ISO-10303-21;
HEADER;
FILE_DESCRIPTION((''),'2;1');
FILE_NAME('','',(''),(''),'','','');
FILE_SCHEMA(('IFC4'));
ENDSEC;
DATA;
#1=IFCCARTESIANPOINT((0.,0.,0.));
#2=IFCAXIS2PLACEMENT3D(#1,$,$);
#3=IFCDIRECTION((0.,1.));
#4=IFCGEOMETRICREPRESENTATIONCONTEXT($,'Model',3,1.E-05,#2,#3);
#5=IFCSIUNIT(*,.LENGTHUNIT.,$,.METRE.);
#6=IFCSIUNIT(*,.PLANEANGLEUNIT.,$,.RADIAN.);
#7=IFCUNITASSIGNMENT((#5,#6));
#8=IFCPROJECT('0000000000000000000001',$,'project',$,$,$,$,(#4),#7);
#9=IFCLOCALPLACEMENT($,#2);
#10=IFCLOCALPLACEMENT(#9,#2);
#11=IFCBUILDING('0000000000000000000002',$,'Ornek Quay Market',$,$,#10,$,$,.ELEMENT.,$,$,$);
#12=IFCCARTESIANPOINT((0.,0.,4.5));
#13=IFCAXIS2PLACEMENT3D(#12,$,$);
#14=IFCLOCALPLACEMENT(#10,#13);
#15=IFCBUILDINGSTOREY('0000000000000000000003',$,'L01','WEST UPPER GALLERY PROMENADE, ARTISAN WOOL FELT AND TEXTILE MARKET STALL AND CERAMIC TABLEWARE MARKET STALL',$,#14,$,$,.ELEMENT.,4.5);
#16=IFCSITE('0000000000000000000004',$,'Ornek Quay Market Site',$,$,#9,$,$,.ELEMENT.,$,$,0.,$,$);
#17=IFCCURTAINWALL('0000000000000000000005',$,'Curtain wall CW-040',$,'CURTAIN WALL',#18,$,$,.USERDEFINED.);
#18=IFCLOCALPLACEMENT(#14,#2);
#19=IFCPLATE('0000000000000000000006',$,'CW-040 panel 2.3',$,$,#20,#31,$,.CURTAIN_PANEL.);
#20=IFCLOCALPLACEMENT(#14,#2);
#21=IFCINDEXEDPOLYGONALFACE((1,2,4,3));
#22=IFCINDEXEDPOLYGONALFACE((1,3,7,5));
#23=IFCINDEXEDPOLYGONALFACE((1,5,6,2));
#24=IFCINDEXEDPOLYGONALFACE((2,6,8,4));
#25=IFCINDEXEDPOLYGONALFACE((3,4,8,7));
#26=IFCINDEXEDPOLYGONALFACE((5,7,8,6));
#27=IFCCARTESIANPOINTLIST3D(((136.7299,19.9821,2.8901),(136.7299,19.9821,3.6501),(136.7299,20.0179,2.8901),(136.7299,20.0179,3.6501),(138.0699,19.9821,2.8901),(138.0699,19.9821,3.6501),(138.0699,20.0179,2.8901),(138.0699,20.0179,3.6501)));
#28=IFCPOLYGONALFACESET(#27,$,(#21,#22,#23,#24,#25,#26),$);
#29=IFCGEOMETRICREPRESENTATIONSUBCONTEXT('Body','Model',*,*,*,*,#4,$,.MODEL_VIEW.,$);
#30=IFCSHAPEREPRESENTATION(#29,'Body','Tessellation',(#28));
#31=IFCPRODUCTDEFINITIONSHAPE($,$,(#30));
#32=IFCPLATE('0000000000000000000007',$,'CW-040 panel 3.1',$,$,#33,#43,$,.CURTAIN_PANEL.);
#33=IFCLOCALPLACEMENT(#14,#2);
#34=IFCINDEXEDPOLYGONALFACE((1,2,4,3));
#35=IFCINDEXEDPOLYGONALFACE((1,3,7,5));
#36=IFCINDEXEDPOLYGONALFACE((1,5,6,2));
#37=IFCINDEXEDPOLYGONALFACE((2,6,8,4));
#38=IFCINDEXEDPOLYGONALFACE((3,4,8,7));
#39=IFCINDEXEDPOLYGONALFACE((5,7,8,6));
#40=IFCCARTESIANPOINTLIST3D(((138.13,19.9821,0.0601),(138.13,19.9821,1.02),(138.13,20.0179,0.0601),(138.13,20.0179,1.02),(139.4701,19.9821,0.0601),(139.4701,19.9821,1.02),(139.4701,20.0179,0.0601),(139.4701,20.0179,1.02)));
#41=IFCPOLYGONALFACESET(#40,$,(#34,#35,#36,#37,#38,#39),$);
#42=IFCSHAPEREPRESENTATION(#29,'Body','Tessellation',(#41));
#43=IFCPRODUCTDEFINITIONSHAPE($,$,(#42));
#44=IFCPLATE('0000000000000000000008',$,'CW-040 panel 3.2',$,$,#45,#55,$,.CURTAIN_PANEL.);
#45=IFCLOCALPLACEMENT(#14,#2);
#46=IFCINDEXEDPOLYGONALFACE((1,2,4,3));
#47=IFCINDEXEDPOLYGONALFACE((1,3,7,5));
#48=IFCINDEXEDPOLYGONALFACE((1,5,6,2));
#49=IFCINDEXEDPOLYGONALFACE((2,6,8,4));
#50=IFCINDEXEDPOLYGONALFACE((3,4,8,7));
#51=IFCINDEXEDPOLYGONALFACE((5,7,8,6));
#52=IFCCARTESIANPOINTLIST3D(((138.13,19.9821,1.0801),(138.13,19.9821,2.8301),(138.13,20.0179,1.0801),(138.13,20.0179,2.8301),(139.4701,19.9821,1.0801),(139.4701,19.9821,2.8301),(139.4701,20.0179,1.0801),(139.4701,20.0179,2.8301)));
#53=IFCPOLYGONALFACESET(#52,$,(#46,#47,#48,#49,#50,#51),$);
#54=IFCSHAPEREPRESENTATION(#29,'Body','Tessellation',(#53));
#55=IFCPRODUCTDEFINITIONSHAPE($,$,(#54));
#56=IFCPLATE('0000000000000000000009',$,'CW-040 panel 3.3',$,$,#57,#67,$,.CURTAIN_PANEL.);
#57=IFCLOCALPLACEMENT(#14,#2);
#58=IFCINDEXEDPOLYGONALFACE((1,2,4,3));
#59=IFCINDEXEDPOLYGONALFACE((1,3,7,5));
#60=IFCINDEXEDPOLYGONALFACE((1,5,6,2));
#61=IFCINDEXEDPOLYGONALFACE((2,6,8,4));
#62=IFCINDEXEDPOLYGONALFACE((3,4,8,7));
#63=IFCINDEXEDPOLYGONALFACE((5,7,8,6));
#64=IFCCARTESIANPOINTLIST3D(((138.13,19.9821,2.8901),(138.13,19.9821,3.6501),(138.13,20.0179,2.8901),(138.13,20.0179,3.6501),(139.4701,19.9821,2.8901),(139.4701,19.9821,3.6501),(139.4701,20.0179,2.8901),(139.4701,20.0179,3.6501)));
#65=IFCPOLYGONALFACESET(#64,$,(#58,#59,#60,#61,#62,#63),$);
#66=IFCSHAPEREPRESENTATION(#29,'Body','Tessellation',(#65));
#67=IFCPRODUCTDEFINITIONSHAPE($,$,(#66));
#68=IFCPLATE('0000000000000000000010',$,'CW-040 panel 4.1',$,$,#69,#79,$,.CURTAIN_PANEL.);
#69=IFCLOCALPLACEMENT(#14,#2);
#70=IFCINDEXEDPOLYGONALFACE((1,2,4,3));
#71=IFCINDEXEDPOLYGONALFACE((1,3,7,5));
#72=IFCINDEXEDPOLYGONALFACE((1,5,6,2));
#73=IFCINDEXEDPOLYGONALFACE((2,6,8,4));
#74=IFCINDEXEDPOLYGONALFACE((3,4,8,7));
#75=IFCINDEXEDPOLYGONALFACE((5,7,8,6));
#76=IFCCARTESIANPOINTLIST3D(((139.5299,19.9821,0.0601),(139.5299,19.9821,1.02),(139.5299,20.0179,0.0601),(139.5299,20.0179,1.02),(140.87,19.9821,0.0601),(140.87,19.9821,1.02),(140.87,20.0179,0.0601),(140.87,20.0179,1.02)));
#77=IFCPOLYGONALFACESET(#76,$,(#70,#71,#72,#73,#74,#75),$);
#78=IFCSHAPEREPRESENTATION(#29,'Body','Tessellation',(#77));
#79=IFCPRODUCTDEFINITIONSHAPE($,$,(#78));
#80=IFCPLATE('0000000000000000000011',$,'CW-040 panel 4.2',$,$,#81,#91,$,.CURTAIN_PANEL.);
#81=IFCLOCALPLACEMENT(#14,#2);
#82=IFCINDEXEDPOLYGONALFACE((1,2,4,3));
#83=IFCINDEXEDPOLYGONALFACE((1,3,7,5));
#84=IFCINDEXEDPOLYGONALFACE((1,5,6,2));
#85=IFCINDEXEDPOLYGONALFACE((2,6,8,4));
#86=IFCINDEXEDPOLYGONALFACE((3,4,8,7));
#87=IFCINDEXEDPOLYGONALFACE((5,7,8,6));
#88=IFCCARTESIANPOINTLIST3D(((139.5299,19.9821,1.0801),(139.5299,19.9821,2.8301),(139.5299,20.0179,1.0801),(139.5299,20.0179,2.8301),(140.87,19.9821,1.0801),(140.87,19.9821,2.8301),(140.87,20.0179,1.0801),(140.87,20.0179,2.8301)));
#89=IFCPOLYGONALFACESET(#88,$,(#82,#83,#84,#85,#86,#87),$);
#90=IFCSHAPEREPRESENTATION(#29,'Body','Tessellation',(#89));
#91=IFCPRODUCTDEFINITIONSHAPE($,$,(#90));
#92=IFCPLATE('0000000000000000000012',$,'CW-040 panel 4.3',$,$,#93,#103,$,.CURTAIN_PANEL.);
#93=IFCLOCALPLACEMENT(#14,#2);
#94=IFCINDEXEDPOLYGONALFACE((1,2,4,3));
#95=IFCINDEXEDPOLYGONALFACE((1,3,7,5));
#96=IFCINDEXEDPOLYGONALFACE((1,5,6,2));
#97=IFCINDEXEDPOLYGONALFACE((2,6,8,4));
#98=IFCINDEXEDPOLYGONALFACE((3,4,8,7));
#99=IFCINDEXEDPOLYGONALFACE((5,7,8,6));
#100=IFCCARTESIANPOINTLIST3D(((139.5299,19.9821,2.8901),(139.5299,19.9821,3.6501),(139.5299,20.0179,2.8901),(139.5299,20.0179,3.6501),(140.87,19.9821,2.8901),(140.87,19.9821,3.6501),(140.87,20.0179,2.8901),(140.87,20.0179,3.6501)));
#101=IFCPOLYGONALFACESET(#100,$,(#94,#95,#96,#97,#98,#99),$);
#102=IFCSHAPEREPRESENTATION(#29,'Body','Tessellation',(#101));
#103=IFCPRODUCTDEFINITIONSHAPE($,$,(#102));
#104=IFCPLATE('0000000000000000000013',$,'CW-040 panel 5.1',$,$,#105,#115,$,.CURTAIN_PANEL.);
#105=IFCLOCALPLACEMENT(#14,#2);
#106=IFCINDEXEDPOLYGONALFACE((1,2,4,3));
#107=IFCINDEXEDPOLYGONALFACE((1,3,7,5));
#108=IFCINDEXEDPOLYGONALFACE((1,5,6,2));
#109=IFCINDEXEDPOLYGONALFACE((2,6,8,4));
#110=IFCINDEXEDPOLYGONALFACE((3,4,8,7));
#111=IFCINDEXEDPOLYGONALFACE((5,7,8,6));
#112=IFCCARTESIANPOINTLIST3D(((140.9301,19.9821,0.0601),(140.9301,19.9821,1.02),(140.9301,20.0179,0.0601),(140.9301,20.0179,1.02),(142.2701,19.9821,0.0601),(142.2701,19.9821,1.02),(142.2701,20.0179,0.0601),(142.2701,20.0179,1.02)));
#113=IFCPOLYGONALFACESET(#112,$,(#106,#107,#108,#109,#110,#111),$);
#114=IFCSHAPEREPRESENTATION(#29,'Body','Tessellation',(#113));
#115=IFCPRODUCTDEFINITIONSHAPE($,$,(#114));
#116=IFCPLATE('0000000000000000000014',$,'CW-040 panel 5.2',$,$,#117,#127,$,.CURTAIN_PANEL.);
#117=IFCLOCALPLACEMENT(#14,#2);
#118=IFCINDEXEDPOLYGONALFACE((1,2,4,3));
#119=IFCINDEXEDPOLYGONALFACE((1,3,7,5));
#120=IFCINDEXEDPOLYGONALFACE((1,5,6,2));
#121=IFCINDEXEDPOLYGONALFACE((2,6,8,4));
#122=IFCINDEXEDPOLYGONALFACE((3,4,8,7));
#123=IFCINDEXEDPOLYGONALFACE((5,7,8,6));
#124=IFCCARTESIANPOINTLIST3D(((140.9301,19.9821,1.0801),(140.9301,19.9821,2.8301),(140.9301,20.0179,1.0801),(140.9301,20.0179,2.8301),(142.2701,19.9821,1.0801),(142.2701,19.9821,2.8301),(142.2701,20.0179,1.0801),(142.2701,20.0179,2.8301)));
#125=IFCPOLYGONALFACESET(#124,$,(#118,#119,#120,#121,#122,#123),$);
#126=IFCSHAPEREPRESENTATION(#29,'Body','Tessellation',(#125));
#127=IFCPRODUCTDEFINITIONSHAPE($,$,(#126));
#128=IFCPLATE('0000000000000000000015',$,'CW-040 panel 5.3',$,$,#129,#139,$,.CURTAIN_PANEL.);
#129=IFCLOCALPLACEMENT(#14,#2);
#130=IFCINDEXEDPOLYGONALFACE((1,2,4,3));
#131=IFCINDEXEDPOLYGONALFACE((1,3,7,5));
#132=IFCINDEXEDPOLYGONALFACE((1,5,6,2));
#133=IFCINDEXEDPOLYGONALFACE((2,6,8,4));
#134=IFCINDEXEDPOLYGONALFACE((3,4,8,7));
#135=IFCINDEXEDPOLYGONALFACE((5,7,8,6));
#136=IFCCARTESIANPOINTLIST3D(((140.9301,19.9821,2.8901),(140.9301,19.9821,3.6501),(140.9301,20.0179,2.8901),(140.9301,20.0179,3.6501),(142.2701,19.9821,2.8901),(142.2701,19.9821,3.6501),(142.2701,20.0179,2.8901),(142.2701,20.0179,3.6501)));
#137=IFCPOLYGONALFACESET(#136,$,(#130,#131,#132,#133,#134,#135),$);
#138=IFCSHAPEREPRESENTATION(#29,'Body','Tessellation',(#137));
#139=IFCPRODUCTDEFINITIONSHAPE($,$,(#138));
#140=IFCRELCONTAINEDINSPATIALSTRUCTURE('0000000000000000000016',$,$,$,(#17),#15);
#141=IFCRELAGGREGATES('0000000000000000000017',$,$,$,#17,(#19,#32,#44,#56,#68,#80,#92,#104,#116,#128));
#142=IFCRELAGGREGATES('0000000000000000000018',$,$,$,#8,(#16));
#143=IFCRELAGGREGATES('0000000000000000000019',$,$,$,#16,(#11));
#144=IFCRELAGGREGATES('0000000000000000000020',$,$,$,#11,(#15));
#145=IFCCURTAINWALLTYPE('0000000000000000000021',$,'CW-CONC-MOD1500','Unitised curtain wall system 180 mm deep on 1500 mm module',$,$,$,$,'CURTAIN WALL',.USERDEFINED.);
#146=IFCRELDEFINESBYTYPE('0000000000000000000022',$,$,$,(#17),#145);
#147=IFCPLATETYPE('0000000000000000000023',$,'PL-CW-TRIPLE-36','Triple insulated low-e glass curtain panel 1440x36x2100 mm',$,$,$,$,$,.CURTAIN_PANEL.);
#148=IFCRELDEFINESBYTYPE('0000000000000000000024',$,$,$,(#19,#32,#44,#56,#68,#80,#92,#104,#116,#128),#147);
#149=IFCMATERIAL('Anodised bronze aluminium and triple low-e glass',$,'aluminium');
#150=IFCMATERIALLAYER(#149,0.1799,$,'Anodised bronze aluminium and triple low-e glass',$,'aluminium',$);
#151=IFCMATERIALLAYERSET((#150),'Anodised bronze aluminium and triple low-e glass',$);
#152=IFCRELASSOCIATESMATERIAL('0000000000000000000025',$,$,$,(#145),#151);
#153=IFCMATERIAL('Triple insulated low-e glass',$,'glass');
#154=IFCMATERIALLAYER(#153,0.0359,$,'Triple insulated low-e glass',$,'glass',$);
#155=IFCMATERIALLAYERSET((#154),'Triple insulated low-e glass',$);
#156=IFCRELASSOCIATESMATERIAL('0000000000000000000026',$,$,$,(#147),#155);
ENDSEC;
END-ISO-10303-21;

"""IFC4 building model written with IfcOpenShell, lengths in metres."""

from ifc_helpers import new_model, si_unit, direction, frame, origin, origin_2d, place, context, subcontext, project, spatial, rectangle, extrude, material, layer, layer_set, type_object, element, aggregate, save


model = new_model("IFC4")

# Units and contexts
model_context = context("Model", 3, precision=1e-05, world=origin(), true_north=direction((0.0, 1.0)))
body_context = subcontext(model_context, "Body", "Model", "MODEL_VIEW")
ifc_project = project(units=[si_unit("LENGTHUNIT", "METRE"), si_unit("PLANEANGLEUNIT", "RADIAN")], contexts=[model_context])

# Site, building, storey
site_placement = place(None, origin())
site = spatial("IfcSite", under=ifc_project, at=site_placement, Name="Ornek Quay Market Site", CompositionType="ELEMENT", RefElevation=0.0)
building_placement = place(site_placement, origin())
building = spatial("IfcBuilding", under=site, at=building_placement, Name="Ornek Quay Market", CompositionType="ELEMENT")
storey_placement = place(building_placement, frame((0.0, 0.0, 4.5)))
storey = spatial("IfcBuildingStorey", under=building, at=storey_placement, Name="L01", Description="WEST UPPER GALLERY PROMENADE, ARTISAN WOOL FELT AND TEXTILE MARKET STALL AND CERAMIC TABLEWARE MARKET STALL", CompositionType="ELEMENT", Elevation=4.5)

# Curtain wall, plates
ifc_material_1 = material(Name="Anodised bronze aluminium and triple low-e glass", Category="aluminium")
ifc_layer_1 = layer(ifc_material_1, 0.1799, Name="Anodised bronze aluminium and triple low-e glass", Category="aluminium")
ifc_layer_set_1 = layer_set([ifc_layer_1], Name="Anodised bronze aluminium and triple low-e glass")
curtain_wall_type = type_object("IfcCurtainWallType", Name="CW-CONC-MOD1500", Description="Unitised curtain wall system 180 mm deep on 1500 mm module", ElementType="CURTAIN WALL", PredefinedType="USERDEFINED", material=ifc_layer_set_1)
curtain_wall_placement = place(storey_placement, origin())
curtain_wall = element("IfcCurtainWall", 1, at=curtain_wall_placement, inside=storey, type_object=curtain_wall_type, Name="Curtain wall CW-040", ObjectType="CURTAIN WALL", PredefinedType="USERDEFINED")
ifc_material_2 = material(Name="Triple insulated low-e glass", Category="glass")
ifc_layer_2 = layer(ifc_material_2, 0.0359, Name="Triple insulated low-e glass", Category="glass")
ifc_layer_set_2 = layer_set([ifc_layer_2], Name="Triple insulated low-e glass")
plate_type = type_object("IfcPlateType", Name="PL-CW-TRIPLE-36", Description="Triple insulated low-e glass curtain panel 1440x36x2100 mm", PredefinedType="CURTAIN_PANEL", material=ifc_layer_set_2)
plate_1_placement = place(storey_placement, frame((137.3999, 20.0, 2.8901), z_axis=(0.0, 0.0, 1.0), x_axis=(1.0, 0.0, 0.0)))
plate_1 = element("IfcPlate", 2, at=plate_1_placement, type_object=plate_type, Name="CW-040 panel 2.3", PredefinedType="CURTAIN_PANEL", context=body_context, shape_type="SweptSolid", body=[
    extrude(rectangle(XDim=1.3401, YDim=0.0359, at=origin_2d()), origin(), (0.0, 0.0, 1.0), 0.76),
])
plate_2_placement = place(storey_placement, frame((138.8, 20.0, 0.0601), z_axis=(0.0, 0.0, 1.0), x_axis=(1.0, 0.0, 0.0)))
plate_2 = element("IfcPlate", 3, at=plate_2_placement, type_object=plate_type, Name="CW-040 panel 3.1", PredefinedType="CURTAIN_PANEL", context=body_context, shape_type="SweptSolid", body=[
    extrude(rectangle(XDim=1.3401, YDim=0.0359, at=origin_2d()), origin(), (0.0, 0.0, 1.0), 0.96),
])
plate_3_placement = place(storey_placement, frame((138.8, 20.0, 1.0801), z_axis=(0.0, 0.0, 1.0), x_axis=(1.0, 0.0, 0.0)))
plate_3 = element("IfcPlate", 4, at=plate_3_placement, type_object=plate_type, Name="CW-040 panel 3.2", PredefinedType="CURTAIN_PANEL", context=body_context, shape_type="SweptSolid", body=[
    extrude(rectangle(XDim=1.3401, YDim=0.0359, at=origin_2d()), origin(), (0.0, 0.0, 1.0), 1.75),
])
plate_4_placement = place(storey_placement, frame((138.8, 20.0, 2.8901), z_axis=(0.0, 0.0, 1.0), x_axis=(1.0, 0.0, 0.0)))
plate_4 = element("IfcPlate", 5, at=plate_4_placement, type_object=plate_type, Name="CW-040 panel 3.3", PredefinedType="CURTAIN_PANEL", context=body_context, shape_type="SweptSolid", body=[
    extrude(rectangle(XDim=1.3401, YDim=0.0359, at=origin_2d()), origin(), (0.0, 0.0, 1.0), 0.76),
])
plate_5_placement = place(storey_placement, frame((140.2, 20.0, 0.0601), z_axis=(0.0, 0.0, 1.0), x_axis=(1.0, 0.0, 0.0)))
plate_5 = element("IfcPlate", 6, at=plate_5_placement, type_object=plate_type, Name="CW-040 panel 4.1", PredefinedType="CURTAIN_PANEL", context=body_context, shape_type="SweptSolid", body=[
    extrude(rectangle(XDim=1.3401, YDim=0.0359, at=origin_2d()), origin(), (0.0, 0.0, 1.0), 0.96),
])
plate_6_placement = place(storey_placement, frame((140.2, 20.0, 1.0801), z_axis=(0.0, 0.0, 1.0), x_axis=(1.0, 0.0, 0.0)))
plate_6 = element("IfcPlate", 7, at=plate_6_placement, type_object=plate_type, Name="CW-040 panel 4.2", PredefinedType="CURTAIN_PANEL", context=body_context, shape_type="SweptSolid", body=[
    extrude(rectangle(XDim=1.3401, YDim=0.0359, at=origin_2d()), origin(), (0.0, 0.0, 1.0), 1.75),
])
plate_7_placement = place(storey_placement, frame((140.2, 20.0, 2.8901), z_axis=(0.0, 0.0, 1.0), x_axis=(1.0, 0.0, 0.0)))
plate_7 = element("IfcPlate", 8, at=plate_7_placement, type_object=plate_type, Name="CW-040 panel 4.3", PredefinedType="CURTAIN_PANEL", context=body_context, shape_type="SweptSolid", body=[
    extrude(rectangle(XDim=1.3401, YDim=0.0359, at=origin_2d()), origin(), (0.0, 0.0, 1.0), 0.76),
])
plate_8_placement = place(storey_placement, frame((141.6001, 20.0, 0.0601), z_axis=(0.0, 0.0, 1.0), x_axis=(1.0, 0.0, 0.0)))
plate_8 = element("IfcPlate", 9, at=plate_8_placement, type_object=plate_type, Name="CW-040 panel 5.1", PredefinedType="CURTAIN_PANEL", context=body_context, shape_type="SweptSolid", body=[
    extrude(rectangle(XDim=1.3401, YDim=0.0359, at=origin_2d()), origin(), (0.0, 0.0, 1.0), 0.96),
])
plate_9_placement = place(storey_placement, frame((141.6001, 20.0, 1.0801), z_axis=(0.0, 0.0, 1.0), x_axis=(1.0, 0.0, 0.0)))
plate_9 = element("IfcPlate", 10, at=plate_9_placement, type_object=plate_type, Name="CW-040 panel 5.2", PredefinedType="CURTAIN_PANEL", context=body_context, shape_type="SweptSolid", body=[
    extrude(rectangle(XDim=1.3401, YDim=0.0359, at=origin_2d()), origin(), (0.0, 0.0, 1.0), 1.75),
])
plate_10_placement = place(storey_placement, frame((141.6001, 20.0, 2.8901), z_axis=(0.0, 0.0, 1.0), x_axis=(1.0, 0.0, 0.0)))
plate_10 = element("IfcPlate", 11, at=plate_10_placement, type_object=plate_type, Name="CW-040 panel 5.3", PredefinedType="CURTAIN_PANEL", context=body_context, shape_type="SweptSolid", body=[
    extrude(rectangle(XDim=1.3401, YDim=0.0359, at=origin_2d()), origin(), (0.0, 0.0, 1.0), 0.76),
])
aggregate(curtain_wall, [plate_1, plate_2, plate_3, plate_4, plate_5, plate_6, plate_7, plate_8, plate_9, plate_10])

save(model, "model.ifc")
